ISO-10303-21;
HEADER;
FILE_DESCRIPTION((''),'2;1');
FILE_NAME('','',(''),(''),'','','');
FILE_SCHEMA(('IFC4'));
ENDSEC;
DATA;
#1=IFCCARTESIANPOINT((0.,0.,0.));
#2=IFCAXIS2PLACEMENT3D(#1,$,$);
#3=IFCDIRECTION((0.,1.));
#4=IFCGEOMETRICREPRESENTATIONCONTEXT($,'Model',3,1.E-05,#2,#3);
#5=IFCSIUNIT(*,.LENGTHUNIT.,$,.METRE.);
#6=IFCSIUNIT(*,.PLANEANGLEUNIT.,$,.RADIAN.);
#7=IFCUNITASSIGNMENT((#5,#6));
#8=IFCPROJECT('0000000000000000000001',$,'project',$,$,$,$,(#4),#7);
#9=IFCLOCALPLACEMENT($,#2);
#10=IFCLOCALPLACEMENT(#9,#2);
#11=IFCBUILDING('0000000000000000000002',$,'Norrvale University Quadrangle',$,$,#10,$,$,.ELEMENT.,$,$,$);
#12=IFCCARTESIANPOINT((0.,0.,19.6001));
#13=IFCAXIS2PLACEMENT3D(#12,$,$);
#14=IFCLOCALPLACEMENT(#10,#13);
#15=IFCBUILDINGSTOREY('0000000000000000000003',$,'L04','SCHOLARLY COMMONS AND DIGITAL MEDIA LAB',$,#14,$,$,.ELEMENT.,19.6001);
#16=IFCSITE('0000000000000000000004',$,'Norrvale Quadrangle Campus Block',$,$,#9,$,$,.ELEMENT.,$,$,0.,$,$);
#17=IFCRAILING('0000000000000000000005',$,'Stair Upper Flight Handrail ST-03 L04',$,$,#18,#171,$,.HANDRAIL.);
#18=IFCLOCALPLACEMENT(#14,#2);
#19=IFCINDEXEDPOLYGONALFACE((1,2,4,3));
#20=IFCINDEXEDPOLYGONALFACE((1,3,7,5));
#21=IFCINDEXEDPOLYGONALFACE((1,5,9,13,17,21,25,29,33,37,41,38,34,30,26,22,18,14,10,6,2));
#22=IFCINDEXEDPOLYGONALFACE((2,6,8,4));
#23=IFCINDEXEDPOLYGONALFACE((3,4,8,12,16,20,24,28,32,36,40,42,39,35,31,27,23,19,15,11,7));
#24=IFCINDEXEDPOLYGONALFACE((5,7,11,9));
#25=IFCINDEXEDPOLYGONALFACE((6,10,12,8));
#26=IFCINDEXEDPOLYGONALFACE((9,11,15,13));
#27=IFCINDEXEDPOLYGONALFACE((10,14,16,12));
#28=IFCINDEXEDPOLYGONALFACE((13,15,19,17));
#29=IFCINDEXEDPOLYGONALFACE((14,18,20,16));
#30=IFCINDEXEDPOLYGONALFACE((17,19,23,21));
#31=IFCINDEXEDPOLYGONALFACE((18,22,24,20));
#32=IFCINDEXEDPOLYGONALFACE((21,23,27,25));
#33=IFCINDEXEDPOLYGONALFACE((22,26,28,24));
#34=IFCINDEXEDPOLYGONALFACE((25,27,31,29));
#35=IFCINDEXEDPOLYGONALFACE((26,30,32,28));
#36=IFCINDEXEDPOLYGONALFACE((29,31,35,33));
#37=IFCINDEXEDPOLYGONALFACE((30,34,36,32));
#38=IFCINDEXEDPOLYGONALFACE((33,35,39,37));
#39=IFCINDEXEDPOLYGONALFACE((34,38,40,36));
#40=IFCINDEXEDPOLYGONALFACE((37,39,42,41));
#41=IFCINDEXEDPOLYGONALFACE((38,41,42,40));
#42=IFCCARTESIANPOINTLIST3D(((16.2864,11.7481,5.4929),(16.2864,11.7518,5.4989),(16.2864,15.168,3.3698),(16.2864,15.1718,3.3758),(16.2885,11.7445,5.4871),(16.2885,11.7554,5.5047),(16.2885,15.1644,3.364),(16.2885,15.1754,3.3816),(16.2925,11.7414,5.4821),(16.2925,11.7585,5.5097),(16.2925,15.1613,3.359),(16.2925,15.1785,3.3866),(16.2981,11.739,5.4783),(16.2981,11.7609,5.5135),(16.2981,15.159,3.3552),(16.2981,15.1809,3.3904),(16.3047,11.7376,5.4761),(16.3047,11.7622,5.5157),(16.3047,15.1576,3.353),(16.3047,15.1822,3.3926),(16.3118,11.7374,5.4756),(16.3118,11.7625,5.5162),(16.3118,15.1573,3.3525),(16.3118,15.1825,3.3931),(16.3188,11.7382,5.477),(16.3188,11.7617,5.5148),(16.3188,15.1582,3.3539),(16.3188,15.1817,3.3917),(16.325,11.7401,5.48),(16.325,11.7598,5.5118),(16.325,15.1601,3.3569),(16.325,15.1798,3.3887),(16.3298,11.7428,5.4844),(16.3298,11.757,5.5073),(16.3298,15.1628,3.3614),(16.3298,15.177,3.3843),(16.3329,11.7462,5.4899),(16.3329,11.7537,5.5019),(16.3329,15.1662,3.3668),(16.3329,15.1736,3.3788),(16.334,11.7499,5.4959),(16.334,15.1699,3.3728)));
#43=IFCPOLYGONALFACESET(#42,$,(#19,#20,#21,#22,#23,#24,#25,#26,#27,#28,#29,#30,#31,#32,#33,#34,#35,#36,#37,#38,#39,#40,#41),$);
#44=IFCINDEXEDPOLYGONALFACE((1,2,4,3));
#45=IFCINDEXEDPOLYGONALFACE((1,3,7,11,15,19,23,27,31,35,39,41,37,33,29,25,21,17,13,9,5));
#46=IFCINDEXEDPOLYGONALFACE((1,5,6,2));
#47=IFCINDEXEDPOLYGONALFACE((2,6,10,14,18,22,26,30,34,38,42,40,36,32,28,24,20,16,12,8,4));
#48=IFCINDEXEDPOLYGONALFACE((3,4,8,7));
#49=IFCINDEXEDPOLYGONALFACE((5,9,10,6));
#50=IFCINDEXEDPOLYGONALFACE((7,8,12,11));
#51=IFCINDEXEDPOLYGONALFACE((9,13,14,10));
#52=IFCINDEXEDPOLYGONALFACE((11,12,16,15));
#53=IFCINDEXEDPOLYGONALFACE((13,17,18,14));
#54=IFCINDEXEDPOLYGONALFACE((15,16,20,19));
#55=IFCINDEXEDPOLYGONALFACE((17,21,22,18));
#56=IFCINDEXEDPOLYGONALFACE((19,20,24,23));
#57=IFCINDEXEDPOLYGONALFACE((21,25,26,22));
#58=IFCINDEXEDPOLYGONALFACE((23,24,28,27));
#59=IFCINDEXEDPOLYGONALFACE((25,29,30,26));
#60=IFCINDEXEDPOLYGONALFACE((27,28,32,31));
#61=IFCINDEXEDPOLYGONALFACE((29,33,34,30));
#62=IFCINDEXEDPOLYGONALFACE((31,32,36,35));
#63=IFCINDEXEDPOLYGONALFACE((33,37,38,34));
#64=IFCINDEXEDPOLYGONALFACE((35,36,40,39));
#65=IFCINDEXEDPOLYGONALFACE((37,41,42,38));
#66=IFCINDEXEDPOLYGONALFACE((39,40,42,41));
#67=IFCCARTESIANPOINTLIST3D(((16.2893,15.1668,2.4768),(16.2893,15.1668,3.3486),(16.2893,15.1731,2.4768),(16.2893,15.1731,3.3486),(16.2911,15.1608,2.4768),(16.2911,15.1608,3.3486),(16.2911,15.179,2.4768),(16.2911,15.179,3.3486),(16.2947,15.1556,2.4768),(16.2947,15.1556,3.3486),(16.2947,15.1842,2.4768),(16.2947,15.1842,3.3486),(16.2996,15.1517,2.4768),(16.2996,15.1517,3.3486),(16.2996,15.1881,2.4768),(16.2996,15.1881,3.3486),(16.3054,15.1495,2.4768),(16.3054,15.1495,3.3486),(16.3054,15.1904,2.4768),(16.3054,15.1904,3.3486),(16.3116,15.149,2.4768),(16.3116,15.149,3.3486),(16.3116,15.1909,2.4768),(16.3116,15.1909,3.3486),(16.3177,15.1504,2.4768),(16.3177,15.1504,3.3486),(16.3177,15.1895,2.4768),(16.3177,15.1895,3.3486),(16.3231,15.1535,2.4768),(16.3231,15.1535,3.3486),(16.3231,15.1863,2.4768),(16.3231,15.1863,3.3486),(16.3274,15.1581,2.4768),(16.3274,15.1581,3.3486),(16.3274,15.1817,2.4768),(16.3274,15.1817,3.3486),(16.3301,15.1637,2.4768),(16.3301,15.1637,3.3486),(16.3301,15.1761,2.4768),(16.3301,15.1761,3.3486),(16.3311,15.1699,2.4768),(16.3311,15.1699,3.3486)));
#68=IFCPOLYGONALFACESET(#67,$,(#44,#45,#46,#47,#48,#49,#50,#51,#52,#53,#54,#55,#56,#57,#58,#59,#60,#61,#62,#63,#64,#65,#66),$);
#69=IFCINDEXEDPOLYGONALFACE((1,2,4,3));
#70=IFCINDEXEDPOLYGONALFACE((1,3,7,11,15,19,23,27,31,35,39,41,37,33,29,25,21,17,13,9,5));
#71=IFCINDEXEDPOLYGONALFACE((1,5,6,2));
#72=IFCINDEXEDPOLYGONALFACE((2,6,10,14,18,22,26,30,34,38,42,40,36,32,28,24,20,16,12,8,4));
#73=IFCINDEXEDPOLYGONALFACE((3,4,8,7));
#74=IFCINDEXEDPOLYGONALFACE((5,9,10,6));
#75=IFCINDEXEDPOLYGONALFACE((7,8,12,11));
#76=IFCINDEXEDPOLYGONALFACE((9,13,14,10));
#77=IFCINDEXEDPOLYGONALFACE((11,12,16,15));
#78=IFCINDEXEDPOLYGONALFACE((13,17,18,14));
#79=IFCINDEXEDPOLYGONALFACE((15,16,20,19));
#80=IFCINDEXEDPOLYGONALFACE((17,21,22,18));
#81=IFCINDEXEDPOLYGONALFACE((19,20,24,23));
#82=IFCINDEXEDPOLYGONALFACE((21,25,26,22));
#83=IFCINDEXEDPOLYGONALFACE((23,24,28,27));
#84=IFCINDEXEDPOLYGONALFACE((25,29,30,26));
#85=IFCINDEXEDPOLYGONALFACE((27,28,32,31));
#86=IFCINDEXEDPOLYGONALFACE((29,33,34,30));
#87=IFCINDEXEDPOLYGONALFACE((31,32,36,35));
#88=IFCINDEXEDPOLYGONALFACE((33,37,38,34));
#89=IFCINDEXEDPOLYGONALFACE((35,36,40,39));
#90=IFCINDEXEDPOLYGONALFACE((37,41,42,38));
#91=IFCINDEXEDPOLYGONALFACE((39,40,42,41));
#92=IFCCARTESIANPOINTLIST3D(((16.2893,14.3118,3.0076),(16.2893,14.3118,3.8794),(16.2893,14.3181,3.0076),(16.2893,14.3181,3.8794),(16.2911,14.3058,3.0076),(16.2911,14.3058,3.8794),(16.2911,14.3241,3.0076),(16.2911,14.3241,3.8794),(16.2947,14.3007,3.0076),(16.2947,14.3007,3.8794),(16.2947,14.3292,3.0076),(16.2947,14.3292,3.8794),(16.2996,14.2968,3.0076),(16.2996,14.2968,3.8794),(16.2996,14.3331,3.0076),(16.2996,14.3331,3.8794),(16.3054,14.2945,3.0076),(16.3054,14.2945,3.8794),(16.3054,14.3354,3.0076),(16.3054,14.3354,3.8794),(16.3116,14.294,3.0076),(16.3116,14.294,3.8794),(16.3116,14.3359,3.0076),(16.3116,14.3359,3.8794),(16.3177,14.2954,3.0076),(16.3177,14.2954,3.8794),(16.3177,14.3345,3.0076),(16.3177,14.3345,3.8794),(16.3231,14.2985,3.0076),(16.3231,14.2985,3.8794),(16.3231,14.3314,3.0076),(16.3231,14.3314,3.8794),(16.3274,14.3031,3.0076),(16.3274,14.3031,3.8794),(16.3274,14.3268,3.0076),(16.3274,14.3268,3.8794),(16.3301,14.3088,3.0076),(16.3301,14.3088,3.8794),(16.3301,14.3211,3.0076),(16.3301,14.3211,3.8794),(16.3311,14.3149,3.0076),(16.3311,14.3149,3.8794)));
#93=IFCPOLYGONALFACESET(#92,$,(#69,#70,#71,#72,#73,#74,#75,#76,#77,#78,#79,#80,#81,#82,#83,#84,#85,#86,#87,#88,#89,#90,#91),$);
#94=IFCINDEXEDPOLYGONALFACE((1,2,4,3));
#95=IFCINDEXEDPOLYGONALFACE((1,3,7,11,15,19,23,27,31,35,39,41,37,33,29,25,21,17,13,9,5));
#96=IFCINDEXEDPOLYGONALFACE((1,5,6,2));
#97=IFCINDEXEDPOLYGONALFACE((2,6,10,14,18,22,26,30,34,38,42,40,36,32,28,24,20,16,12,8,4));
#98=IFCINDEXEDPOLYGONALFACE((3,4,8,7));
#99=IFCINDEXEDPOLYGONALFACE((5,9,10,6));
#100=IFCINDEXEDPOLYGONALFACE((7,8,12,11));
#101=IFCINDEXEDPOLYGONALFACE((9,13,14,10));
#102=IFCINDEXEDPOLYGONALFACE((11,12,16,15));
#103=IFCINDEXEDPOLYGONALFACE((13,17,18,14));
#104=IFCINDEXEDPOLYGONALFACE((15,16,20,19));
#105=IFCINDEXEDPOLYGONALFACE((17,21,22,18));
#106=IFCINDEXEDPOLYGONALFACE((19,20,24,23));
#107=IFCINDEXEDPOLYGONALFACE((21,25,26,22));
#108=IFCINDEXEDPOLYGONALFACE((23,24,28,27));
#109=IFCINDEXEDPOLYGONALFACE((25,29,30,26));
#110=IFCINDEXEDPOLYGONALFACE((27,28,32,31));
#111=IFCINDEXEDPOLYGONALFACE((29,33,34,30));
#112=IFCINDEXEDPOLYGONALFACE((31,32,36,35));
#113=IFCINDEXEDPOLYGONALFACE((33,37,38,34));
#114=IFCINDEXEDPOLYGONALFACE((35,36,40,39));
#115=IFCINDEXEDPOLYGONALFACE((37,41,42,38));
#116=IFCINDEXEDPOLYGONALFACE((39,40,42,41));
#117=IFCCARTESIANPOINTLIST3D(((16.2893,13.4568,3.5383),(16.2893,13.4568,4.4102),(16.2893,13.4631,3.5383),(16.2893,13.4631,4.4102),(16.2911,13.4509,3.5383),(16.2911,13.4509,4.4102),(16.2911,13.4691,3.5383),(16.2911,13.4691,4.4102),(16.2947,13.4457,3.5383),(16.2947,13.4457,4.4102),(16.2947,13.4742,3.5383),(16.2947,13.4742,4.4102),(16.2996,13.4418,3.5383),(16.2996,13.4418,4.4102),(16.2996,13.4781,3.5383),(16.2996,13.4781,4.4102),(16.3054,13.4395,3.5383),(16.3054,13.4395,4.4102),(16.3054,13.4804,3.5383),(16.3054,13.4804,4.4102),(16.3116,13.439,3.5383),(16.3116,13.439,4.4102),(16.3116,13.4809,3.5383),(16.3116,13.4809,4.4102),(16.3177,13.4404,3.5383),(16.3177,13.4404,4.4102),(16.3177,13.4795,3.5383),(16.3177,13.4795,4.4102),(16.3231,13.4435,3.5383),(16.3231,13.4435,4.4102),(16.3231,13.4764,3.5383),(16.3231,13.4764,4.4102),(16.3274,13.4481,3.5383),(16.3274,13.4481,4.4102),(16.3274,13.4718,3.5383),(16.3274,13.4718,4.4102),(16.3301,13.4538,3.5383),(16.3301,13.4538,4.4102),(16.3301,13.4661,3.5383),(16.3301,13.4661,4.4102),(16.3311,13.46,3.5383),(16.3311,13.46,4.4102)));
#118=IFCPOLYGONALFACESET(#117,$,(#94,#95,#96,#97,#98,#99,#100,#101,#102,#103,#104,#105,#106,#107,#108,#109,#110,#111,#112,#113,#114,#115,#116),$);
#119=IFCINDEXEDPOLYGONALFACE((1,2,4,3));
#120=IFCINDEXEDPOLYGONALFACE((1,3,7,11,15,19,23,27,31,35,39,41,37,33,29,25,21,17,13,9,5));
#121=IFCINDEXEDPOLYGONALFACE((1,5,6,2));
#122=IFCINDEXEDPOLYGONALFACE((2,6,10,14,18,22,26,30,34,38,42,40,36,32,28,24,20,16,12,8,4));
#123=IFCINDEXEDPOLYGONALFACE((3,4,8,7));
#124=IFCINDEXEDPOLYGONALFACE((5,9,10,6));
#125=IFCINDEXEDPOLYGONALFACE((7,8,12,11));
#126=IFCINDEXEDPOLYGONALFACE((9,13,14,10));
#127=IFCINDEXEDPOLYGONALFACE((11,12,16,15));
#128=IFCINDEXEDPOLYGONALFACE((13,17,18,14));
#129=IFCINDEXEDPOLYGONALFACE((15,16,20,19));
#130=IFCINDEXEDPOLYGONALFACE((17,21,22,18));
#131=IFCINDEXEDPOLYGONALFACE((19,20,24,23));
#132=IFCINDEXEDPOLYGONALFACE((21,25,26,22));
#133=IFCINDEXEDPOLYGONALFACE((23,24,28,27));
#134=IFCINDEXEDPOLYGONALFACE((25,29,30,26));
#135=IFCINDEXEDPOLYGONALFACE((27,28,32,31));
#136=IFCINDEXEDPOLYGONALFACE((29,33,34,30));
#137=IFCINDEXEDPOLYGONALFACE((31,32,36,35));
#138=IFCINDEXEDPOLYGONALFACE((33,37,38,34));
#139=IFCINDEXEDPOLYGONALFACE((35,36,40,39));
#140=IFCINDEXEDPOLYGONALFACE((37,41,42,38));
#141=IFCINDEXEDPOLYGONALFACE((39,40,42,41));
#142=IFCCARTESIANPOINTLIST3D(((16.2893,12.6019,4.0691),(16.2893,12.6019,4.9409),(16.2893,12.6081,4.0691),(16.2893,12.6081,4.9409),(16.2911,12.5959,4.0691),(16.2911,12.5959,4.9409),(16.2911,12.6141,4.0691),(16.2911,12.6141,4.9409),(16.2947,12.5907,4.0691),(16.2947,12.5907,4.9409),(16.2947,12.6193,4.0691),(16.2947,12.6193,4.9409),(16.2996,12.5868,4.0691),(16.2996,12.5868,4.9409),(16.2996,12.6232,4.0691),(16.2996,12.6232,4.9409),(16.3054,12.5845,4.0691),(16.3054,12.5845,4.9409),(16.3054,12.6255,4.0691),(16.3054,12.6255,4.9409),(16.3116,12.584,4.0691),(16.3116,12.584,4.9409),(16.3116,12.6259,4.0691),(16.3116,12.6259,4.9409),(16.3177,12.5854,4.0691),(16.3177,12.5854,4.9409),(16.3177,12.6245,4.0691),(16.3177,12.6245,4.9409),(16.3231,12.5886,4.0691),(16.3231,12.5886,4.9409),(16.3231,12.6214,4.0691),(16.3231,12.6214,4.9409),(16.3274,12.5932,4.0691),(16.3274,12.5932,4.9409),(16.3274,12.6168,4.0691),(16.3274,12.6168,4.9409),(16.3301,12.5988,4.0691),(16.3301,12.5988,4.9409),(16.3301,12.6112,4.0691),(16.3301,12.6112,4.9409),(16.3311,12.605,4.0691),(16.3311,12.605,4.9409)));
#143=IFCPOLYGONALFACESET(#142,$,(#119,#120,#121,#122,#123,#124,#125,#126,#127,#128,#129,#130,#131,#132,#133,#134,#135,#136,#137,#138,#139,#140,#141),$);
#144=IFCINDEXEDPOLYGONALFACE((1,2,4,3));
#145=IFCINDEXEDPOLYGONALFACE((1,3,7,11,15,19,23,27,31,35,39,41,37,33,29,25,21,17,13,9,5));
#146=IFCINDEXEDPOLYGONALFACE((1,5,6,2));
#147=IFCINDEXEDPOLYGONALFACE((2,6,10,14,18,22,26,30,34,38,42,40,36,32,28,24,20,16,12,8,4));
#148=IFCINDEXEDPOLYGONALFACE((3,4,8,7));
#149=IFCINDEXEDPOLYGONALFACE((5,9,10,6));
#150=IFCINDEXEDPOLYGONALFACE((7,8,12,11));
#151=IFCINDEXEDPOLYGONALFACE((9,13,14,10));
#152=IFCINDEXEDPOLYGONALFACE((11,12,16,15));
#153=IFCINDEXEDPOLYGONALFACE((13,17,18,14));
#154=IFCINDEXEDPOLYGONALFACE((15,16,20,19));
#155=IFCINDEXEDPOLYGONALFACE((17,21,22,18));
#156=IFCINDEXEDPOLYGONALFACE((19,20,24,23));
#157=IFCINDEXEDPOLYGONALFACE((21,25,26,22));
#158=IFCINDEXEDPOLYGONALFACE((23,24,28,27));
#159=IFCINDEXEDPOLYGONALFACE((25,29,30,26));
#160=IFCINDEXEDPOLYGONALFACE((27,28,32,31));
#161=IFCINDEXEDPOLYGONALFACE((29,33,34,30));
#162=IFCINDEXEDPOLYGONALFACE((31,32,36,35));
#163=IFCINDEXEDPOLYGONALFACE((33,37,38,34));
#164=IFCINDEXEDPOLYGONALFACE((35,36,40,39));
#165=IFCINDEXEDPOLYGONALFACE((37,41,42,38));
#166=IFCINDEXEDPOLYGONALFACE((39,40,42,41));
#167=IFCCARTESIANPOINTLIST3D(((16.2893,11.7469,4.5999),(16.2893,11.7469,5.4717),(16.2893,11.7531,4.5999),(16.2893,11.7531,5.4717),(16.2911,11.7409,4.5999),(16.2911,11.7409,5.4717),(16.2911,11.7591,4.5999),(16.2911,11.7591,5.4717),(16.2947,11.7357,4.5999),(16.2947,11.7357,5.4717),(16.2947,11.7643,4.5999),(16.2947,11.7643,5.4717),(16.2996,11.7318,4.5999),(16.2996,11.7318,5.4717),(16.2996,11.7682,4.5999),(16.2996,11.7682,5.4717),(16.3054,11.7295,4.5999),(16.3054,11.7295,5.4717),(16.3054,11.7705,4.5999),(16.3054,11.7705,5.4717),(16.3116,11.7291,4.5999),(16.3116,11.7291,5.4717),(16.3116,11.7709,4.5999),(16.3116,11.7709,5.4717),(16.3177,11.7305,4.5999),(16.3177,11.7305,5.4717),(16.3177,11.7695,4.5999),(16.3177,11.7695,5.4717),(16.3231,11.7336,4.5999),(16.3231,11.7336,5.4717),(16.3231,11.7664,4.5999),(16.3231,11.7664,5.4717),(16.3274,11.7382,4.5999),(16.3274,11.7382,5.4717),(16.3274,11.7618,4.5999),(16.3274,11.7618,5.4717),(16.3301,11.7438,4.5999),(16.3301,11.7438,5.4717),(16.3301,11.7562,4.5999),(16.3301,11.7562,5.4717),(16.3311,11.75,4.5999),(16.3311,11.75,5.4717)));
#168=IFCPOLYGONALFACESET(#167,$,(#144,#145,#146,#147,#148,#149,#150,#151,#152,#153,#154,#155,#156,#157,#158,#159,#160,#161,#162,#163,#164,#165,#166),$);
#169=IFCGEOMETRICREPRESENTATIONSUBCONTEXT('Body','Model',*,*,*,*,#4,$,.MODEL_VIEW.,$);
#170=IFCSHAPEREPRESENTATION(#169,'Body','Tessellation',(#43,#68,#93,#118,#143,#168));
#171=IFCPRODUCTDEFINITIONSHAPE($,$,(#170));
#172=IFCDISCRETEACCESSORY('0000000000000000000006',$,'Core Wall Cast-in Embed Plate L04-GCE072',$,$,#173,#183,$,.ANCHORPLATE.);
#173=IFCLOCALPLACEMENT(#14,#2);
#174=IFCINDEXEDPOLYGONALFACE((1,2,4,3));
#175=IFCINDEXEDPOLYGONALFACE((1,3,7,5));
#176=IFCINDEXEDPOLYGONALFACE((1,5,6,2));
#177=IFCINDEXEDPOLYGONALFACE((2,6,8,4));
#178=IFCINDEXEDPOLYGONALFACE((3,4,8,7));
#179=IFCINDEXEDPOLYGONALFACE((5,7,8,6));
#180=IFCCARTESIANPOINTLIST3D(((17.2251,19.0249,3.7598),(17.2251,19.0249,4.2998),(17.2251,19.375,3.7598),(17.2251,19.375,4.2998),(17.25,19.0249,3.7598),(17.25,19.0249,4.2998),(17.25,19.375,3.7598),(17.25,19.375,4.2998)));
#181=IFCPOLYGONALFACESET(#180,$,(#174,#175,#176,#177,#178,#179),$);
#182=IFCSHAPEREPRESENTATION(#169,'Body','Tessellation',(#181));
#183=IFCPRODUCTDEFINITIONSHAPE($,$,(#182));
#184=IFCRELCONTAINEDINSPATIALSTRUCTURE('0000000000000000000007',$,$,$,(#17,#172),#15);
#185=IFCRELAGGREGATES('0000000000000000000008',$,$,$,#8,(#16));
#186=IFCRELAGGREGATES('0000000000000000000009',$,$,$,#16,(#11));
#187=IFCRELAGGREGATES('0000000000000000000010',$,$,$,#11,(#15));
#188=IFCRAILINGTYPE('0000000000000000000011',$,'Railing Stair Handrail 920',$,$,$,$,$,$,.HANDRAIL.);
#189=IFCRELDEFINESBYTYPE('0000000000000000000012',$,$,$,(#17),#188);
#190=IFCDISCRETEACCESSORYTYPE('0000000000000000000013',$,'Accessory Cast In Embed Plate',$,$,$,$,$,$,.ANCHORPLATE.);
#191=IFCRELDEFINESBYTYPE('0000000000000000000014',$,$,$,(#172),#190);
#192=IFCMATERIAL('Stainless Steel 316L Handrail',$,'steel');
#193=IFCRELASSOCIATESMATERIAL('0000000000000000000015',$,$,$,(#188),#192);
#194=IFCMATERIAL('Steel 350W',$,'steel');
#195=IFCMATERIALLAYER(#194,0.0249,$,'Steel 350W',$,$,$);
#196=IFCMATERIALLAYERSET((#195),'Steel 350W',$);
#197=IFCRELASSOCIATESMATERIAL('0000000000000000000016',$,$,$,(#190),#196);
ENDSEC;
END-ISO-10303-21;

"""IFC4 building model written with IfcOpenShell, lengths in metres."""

from ifc_helpers import new_model, si_unit, direction, frame, origin, origin_2d, place, context, subcontext, project, spatial, rectangle, circle, extrude, material, layer, layer_set, type_object, element, save


model = new_model("IFC4")

# Units and contexts
model_context = context("Model", 3, precision=1e-05, world=origin(), true_north=direction((0.0, 1.0)))
body_context = subcontext(model_context, "Body", "Model", "MODEL_VIEW")
ifc_project = project(units=[si_unit("LENGTHUNIT", "METRE"), si_unit("PLANEANGLEUNIT", "RADIAN")], contexts=[model_context])

# Site, building, storey
site_placement = place(None, origin())
site = spatial("IfcSite", under=ifc_project, at=site_placement, Name="Norrvale Quadrangle Campus Block", CompositionType="ELEMENT", RefElevation=0.0)
building_placement = place(site_placement, origin())
building = spatial("IfcBuilding", under=site, at=building_placement, Name="Norrvale University Quadrangle", CompositionType="ELEMENT")
storey_placement = place(building_placement, frame((0.0, 0.0, 19.6001)))
storey = spatial("IfcBuildingStorey", under=building, at=storey_placement, Name="L04", Description="SCHOLARLY COMMONS AND DIGITAL MEDIA LAB", CompositionType="ELEMENT", Elevation=19.6001)

# Shared definitions
ifc_material_1 = material(Name="Steel 350W", Category="steel")

# Railing
ifc_material_2 = material(Name="Stainless Steel 316L Handrail", Category="steel")
railing_type_1 = type_object("IfcRailingType", Name="Railing Stair Handrail 920", PredefinedType="HANDRAIL", material=ifc_material_2)
railing_1_placement = place(storey_placement, frame((16.3101, 15.1699, 2.4768)))
element("IfcRailing", 1, at=railing_1_placement, inside=storey, type_object=railing_type_1, Name="Stair Upper Flight Handrail ST-03 L04", PredefinedType="HANDRAIL", context=body_context, shape_type="SweptSolid", body=[
    extrude(circle(Radius=0.0239, at=origin_2d()), frame((0.0, 0.0, 0.896), z_axis=(0.0, -0.849603, 0.527423), x_axis=(1.0, 0.0, 0.0)), (0.0, 0.0, 1.0), 4.0254),
    extrude(circle(Radius=0.021, at=origin_2d()), origin(), (0.0, 0.0, 1.0), 0.8718),
    extrude(circle(Radius=0.021, at=origin_2d()), frame((0.0, -0.855, 0.5308)), (0.0, 0.0, 1.0), 0.8718),
    extrude(circle(Radius=0.021, at=origin_2d()), frame((0.0, -1.71, 1.0615)), (0.0, 0.0, 1.0), 0.8718),
    extrude(circle(Radius=0.021, at=origin_2d()), frame((0.0, -2.5649, 1.5923)), (0.0, 0.0, 1.0), 0.8718),
    extrude(circle(Radius=0.021, at=origin_2d()), frame((0.0, -3.4199, 2.123)), (0.0, 0.0, 1.0), 0.8718),
])

# Discrete accessory
ifc_layer_1 = layer(ifc_material_1, 0.0249, Name="Steel 350W")
ifc_layer_set_1 = layer_set([ifc_layer_1], Name="Steel 350W")
discrete_accessory_type = type_object("IfcDiscreteAccessoryType", Name="Accessory Cast In Embed Plate", PredefinedType="ANCHORPLATE", material=ifc_layer_set_1)
discrete_accessory_placement = place(storey_placement, frame((17.2375, 19.2, 3.7598), z_axis=(0.0, 0.0, 1.0), x_axis=(1.0, 0.0, 0.0)))
element("IfcDiscreteAccessory", 2, at=discrete_accessory_placement, inside=storey, type_object=discrete_accessory_type, Name="Core Wall Cast-in Embed Plate L04-GCE072", PredefinedType="ANCHORPLATE", context=body_context, shape_type="SweptSolid", body=[
    extrude(rectangle(XDim=0.0249, YDim=0.3501, at=origin_2d()), origin(), (0.0, 0.0, 1.0), 0.54),
])

save(model, "model.ifc")
